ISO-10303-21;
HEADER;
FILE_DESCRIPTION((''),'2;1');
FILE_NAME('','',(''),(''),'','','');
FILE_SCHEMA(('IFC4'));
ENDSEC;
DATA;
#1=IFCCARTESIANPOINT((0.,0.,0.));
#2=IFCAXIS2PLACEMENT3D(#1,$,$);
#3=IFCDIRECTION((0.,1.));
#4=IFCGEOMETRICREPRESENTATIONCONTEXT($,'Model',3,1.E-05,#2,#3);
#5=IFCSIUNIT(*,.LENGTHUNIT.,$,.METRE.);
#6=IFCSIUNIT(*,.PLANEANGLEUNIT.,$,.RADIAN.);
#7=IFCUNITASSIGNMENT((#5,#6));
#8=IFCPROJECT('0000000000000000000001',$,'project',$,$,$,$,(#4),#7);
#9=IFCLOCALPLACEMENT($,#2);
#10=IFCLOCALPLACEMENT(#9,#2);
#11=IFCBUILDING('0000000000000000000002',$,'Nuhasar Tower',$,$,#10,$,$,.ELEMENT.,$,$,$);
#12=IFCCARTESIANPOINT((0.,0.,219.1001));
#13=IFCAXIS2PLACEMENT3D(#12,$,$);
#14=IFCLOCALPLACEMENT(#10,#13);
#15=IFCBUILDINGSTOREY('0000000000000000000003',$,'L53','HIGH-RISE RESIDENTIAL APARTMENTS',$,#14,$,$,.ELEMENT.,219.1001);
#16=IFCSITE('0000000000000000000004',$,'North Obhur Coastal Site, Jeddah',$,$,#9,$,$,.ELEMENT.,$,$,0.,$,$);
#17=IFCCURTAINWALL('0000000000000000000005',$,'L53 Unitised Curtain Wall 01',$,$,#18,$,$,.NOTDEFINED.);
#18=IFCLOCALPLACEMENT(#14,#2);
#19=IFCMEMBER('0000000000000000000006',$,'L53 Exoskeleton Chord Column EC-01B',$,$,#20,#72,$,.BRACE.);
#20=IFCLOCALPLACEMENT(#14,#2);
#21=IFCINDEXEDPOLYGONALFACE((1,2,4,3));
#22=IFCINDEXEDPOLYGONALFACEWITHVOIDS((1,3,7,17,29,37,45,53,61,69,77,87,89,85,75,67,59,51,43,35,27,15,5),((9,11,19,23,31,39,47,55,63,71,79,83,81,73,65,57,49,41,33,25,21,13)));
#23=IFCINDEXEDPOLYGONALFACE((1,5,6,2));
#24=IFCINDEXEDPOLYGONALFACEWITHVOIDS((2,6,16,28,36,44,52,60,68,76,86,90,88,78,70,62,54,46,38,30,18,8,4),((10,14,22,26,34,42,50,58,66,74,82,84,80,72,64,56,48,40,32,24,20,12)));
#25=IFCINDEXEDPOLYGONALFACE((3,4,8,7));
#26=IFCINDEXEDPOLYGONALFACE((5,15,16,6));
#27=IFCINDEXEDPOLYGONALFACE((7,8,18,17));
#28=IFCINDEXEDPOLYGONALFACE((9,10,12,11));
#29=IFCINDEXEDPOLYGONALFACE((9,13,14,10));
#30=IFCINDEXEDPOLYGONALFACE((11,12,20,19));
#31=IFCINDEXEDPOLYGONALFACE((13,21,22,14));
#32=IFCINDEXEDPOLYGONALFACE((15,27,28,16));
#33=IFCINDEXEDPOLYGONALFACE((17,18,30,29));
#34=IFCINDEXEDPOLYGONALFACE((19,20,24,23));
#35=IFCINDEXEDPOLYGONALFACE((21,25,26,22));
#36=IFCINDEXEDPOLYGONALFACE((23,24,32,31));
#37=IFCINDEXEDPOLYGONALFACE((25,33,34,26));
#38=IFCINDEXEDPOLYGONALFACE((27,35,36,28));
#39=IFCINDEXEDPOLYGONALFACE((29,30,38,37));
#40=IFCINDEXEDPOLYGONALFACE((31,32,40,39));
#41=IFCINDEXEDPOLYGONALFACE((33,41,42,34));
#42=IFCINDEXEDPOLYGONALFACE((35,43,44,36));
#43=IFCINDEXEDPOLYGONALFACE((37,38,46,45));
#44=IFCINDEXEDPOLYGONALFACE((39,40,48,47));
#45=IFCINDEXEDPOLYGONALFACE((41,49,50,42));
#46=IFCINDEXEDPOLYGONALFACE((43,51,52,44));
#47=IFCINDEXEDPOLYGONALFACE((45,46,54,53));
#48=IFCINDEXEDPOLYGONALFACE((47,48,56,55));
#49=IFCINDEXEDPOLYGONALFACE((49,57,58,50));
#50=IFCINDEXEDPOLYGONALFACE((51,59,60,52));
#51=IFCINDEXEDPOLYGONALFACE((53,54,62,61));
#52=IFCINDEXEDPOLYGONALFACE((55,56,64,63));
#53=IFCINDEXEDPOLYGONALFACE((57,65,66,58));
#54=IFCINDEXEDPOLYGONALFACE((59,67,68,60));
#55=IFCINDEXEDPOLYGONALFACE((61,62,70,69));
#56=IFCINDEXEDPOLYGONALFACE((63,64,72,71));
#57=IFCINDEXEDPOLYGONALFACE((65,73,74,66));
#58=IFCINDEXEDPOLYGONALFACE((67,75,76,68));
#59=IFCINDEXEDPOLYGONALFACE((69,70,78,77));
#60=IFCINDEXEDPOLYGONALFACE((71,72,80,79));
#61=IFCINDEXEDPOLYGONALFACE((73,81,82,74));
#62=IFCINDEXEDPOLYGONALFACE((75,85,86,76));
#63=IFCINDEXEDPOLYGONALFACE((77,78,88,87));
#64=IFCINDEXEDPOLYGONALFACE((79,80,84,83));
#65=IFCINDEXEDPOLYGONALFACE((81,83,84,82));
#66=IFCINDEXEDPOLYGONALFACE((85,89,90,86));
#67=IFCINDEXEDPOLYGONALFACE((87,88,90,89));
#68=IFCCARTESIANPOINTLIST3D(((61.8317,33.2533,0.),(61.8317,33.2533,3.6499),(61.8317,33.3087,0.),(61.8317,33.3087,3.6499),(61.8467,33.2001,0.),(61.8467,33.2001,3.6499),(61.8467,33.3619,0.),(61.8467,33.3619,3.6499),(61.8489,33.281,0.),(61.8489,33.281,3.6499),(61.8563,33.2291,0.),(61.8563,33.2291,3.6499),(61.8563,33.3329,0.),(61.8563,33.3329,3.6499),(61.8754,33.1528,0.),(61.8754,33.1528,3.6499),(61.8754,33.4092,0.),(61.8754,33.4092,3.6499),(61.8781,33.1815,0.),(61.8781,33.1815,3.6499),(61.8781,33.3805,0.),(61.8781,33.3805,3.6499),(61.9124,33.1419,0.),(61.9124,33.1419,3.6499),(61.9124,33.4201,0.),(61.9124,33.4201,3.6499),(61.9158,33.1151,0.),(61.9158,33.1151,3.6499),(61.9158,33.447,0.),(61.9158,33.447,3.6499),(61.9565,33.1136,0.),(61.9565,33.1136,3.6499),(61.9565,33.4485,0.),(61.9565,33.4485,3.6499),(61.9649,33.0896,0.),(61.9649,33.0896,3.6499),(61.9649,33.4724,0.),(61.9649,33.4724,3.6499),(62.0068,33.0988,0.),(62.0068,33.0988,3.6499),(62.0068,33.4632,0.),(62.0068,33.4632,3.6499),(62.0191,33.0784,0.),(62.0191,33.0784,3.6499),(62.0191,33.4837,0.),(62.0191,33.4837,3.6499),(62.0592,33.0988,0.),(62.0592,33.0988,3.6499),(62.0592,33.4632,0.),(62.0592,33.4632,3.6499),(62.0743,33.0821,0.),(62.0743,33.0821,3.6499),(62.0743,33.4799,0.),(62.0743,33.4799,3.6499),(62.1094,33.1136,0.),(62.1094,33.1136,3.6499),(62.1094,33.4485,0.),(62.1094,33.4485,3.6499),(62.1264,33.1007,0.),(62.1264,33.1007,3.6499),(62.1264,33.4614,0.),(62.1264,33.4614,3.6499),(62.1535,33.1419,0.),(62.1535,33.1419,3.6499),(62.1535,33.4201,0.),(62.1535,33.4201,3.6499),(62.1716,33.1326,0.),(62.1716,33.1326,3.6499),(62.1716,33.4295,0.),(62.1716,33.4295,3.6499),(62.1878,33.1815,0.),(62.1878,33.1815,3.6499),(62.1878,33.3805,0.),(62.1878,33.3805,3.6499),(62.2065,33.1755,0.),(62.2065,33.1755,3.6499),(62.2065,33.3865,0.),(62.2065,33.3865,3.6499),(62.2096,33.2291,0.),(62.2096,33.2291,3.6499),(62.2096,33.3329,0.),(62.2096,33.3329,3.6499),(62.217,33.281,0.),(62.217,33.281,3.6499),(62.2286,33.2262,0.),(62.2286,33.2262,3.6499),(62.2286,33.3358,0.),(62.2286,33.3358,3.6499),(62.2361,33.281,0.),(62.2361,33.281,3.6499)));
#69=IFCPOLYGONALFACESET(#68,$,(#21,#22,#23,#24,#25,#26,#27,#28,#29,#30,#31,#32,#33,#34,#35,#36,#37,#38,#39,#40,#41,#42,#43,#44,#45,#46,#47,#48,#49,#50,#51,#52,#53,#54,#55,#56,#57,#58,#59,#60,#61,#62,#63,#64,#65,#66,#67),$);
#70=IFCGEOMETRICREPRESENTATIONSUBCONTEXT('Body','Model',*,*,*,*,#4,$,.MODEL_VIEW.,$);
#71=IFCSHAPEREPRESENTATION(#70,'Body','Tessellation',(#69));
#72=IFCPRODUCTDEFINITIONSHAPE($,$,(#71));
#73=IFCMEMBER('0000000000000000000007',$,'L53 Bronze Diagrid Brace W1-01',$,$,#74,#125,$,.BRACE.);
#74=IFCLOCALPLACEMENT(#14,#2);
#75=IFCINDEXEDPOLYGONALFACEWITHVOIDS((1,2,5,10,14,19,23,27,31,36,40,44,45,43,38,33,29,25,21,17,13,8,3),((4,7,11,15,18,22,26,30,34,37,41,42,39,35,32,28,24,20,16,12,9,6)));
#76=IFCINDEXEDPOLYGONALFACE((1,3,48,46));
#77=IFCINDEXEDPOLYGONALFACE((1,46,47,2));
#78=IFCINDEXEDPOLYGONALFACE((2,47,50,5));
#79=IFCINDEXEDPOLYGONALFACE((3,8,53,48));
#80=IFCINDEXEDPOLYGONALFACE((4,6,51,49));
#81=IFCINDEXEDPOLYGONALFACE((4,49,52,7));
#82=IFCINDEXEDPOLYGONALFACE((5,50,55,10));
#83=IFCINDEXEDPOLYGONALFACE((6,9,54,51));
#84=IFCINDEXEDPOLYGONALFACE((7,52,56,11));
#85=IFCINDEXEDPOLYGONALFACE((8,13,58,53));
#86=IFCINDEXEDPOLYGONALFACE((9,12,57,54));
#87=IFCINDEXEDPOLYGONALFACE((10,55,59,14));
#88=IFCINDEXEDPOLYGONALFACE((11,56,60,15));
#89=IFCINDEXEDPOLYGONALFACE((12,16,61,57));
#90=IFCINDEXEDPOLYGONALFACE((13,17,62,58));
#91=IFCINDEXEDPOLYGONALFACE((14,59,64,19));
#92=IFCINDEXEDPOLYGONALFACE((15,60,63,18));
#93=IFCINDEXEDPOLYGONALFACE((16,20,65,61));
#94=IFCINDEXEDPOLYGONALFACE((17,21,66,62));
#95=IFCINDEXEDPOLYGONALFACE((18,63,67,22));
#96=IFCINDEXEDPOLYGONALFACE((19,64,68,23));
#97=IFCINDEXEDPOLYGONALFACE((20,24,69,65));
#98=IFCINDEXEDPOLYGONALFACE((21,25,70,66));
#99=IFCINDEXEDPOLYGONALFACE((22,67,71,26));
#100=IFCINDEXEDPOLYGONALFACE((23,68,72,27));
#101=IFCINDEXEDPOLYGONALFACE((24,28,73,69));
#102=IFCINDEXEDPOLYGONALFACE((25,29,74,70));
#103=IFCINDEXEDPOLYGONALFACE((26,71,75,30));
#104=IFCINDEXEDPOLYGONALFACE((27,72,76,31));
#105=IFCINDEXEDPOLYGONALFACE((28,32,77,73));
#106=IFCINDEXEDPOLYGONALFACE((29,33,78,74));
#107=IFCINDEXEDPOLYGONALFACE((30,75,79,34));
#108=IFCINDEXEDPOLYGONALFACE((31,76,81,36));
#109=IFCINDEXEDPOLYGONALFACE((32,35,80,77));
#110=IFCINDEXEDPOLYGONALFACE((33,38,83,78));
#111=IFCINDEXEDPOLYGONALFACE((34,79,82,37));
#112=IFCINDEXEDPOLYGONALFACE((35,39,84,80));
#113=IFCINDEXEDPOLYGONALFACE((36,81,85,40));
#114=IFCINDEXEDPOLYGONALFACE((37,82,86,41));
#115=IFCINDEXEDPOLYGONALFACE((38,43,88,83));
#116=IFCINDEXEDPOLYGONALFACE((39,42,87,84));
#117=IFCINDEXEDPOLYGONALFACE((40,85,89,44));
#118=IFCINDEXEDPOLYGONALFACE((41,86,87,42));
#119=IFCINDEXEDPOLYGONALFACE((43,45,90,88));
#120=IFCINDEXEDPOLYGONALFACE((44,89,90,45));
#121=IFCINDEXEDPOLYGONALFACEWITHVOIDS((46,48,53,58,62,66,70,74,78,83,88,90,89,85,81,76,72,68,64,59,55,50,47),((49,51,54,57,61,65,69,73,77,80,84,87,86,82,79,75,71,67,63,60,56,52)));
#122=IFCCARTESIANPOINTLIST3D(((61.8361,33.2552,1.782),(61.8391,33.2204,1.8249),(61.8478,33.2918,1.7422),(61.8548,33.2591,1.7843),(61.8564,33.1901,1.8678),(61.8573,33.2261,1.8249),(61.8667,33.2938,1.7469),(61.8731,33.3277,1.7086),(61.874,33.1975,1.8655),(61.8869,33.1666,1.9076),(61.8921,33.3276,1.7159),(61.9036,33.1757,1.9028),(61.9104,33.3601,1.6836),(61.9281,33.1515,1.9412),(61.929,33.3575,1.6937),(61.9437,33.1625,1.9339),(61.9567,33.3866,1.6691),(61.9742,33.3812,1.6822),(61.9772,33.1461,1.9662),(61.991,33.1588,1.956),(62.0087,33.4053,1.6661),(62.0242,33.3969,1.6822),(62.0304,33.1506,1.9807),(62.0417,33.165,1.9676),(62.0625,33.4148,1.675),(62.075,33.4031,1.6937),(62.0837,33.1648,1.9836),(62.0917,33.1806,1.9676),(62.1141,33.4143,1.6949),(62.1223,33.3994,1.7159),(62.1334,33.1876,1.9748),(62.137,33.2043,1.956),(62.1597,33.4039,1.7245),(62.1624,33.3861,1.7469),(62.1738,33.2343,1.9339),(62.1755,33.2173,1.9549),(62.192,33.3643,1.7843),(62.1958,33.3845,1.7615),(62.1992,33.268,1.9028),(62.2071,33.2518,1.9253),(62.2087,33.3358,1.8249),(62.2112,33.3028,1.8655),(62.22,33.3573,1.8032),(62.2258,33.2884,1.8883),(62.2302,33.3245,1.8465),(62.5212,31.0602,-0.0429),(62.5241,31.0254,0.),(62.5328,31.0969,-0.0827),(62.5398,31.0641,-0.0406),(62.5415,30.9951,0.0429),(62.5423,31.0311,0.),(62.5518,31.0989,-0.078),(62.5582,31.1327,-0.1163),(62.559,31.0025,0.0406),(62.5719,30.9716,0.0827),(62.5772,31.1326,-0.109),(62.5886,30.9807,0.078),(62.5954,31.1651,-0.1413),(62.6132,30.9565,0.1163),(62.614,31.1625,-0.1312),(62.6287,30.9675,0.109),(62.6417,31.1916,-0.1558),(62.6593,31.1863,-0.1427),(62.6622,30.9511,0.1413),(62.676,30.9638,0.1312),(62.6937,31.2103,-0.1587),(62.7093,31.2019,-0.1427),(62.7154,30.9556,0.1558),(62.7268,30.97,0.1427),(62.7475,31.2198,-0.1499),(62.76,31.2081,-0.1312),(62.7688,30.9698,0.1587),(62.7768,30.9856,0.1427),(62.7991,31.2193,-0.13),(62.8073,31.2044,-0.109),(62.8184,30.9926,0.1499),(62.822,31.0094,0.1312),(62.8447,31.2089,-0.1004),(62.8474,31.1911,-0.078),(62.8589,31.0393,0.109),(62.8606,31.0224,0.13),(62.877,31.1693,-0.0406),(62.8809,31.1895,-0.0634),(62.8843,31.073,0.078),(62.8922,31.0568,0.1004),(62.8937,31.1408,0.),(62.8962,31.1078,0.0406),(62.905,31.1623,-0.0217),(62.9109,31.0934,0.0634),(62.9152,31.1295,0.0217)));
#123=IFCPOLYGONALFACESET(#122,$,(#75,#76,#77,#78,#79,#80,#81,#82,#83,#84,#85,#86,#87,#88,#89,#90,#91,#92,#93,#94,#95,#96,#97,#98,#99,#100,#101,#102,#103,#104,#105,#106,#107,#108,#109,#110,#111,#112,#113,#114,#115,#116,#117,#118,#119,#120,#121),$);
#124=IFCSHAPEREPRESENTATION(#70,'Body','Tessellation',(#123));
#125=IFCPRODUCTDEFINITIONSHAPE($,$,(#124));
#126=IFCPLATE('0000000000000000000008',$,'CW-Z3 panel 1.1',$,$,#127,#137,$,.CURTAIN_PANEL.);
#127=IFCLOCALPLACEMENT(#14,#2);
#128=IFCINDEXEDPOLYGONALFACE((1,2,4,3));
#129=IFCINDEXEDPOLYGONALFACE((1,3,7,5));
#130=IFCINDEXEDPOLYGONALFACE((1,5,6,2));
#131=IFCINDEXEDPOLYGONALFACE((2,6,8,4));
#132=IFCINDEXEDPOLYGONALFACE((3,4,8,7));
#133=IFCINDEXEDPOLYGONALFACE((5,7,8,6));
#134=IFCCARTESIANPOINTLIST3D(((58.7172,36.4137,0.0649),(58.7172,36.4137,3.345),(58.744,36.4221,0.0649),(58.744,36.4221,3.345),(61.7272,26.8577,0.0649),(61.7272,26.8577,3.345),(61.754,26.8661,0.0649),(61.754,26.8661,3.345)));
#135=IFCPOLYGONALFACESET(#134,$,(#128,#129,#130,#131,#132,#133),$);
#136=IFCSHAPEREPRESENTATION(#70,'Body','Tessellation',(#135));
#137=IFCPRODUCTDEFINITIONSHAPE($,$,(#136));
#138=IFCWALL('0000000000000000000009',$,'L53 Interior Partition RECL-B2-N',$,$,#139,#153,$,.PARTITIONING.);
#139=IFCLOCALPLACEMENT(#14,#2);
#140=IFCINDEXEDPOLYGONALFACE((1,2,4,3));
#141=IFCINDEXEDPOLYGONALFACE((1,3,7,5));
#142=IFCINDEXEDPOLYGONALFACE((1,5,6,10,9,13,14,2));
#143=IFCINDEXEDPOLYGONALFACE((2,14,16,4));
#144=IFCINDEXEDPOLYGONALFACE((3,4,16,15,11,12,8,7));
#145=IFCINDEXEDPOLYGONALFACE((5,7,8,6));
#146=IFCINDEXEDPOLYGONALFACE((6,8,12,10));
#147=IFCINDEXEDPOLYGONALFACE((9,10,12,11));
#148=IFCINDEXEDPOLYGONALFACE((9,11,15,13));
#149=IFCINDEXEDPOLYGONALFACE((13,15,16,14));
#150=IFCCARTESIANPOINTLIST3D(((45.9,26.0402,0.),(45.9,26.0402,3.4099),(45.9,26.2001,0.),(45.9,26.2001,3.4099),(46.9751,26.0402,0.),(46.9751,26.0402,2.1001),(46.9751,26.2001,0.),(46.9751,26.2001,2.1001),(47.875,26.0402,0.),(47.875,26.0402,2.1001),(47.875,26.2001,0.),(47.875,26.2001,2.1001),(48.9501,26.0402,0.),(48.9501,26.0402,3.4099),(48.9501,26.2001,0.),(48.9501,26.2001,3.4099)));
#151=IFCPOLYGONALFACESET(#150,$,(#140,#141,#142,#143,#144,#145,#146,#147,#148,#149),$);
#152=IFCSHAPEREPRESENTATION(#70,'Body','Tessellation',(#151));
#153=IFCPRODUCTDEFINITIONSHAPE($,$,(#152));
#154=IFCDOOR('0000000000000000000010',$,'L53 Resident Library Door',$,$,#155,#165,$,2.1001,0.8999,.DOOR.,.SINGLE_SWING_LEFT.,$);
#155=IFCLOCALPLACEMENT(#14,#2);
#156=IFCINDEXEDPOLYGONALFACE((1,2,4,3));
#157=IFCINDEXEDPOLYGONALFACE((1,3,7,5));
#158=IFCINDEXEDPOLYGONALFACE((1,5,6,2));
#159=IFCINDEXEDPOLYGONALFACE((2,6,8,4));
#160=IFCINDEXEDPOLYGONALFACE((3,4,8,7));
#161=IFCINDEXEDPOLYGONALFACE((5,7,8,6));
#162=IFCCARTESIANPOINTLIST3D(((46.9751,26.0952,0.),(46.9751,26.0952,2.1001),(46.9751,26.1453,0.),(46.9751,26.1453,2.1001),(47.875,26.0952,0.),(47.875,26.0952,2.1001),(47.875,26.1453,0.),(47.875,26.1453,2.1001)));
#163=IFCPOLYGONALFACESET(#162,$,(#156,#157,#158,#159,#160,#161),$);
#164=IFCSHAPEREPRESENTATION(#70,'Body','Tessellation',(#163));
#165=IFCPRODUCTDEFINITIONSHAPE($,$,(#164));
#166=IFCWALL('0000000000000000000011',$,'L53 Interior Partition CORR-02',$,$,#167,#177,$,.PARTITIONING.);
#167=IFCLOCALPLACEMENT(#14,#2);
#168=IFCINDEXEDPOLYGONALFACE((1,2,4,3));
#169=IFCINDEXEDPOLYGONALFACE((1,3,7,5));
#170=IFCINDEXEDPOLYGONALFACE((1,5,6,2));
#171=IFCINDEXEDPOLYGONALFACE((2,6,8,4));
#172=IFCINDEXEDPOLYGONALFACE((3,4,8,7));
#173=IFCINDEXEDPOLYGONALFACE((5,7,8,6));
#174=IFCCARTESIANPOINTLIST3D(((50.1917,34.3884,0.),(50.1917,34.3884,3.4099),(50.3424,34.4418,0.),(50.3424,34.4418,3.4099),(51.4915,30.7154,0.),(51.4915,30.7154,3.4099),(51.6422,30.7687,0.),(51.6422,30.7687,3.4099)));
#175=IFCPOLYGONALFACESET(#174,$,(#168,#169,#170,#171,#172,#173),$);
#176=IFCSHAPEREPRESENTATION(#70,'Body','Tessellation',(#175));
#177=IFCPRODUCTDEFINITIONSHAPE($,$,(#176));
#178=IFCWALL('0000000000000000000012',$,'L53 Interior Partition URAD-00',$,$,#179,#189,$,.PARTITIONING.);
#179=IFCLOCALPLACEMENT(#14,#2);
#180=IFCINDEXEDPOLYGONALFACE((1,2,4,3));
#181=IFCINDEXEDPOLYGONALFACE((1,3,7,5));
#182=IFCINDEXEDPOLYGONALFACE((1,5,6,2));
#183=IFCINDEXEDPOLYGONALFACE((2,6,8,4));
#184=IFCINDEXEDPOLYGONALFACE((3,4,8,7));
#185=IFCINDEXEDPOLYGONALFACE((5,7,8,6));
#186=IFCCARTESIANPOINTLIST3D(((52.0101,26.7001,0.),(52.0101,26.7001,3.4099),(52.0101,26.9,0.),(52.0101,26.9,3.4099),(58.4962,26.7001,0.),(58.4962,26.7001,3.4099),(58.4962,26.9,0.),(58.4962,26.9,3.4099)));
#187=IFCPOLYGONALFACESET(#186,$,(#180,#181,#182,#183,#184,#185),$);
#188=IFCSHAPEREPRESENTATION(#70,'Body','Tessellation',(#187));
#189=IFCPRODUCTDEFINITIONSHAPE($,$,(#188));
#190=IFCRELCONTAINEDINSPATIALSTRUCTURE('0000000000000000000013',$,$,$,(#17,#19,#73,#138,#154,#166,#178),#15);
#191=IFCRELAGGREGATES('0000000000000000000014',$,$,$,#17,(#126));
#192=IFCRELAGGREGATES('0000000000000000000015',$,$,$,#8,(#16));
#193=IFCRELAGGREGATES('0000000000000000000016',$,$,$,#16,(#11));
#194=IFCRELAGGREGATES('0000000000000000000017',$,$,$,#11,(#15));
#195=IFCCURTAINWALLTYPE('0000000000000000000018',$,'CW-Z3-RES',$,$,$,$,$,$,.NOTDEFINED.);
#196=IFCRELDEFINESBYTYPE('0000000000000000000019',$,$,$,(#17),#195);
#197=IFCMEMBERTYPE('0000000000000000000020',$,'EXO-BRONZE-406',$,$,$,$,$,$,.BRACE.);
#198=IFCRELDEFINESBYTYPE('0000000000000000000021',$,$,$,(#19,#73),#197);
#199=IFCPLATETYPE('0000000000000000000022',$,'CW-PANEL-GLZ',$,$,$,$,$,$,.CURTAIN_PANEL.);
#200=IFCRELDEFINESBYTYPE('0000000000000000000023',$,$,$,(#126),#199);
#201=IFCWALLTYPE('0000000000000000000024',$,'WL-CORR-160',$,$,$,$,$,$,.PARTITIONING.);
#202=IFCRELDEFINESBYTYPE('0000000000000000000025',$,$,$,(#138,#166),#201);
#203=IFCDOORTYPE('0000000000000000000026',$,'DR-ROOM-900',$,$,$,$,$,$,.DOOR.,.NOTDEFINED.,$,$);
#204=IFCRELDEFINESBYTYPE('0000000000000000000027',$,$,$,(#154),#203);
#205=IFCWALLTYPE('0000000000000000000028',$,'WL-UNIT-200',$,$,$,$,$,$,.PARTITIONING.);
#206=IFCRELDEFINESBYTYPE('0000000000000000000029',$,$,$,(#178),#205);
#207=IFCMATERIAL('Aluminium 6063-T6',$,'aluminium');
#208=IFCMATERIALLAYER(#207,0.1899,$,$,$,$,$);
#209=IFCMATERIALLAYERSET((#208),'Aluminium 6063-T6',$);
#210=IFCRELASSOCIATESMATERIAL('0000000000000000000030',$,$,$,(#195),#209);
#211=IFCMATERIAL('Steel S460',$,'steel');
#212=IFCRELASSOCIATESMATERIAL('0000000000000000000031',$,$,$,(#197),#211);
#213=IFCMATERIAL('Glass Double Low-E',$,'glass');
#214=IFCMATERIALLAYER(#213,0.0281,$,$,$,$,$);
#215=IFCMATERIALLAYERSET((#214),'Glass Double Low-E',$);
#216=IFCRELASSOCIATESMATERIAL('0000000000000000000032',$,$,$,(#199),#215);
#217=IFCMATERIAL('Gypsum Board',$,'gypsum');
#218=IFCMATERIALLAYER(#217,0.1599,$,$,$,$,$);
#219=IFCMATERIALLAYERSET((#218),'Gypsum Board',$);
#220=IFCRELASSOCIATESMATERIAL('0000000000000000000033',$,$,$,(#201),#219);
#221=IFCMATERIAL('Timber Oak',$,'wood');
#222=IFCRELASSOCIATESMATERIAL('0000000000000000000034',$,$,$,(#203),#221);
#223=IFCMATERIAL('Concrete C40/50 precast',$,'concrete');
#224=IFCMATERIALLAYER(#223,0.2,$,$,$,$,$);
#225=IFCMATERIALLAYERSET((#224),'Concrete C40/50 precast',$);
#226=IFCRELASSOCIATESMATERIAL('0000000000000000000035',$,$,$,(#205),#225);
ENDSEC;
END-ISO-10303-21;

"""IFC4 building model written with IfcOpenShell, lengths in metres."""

from ifc_helpers import new_model, si_unit, direction, frame, frame_2d, origin, origin_2d, place, context, subcontext, project, spatial, rectangle, hollow_circle, extrude, material, layer, layer_set, material_profile, profile_set, type_object, element, fill, aggregate, save


model = new_model("IFC4")

# Units and contexts
model_context = context("Model", 3, precision=1e-05, world=origin(), true_north=direction((0.0, 1.0)))
body_context = subcontext(model_context, "Body", "Model", "MODEL_VIEW")
ifc_project = project(units=[si_unit("LENGTHUNIT", "METRE"), si_unit("PLANEANGLEUNIT", "RADIAN")], contexts=[model_context])

# Site, building, storey
site_placement = place(None, origin())
site = spatial("IfcSite", under=ifc_project, at=site_placement, Name="North Obhur Coastal Site, Jeddah", CompositionType="ELEMENT", RefElevation=0.0)
building_placement = place(site_placement, origin())
building = spatial("IfcBuilding", under=site, at=building_placement, Name="Nuhasar Tower", CompositionType="ELEMENT")
storey_placement = place(building_placement, frame((0.0, 0.0, 219.1001)))
storey = spatial("IfcBuildingStorey", under=building, at=storey_placement, Name="L53", Description="HIGH-RISE RESIDENTIAL APARTMENTS", CompositionType="ELEMENT", Elevation=219.1001)

# Curtain wall
ifc_material_1 = material(Name="Aluminium 6063-T6", Category="aluminium")
ifc_layer_1 = layer(ifc_material_1, 0.1899)
ifc_layer_set_1 = layer_set([ifc_layer_1], Name="Aluminium 6063-T6")
curtain_wall_type = type_object("IfcCurtainWallType", Name="CW-Z3-RES", PredefinedType="NOTDEFINED", material=ifc_layer_set_1)
curtain_wall_1_placement = place(storey_placement, origin())
curtain_wall_1 = element("IfcCurtainWall", 1, at=curtain_wall_1_placement, inside=storey, type_object=curtain_wall_type, Name="L53 Unitised Curtain Wall 01", PredefinedType="NOTDEFINED")

# Members
ifc_material_2 = material(Name="Steel S460", Category="steel")
ifc_material_profile_1 = material_profile(ifc_material_2, hollow_circle(Radius=0.2031, WallThickness=0.019, at=origin_2d()), Name="HSS406.4X19.1")
ifc_profile_set_1 = profile_set([ifc_material_profile_1], Name="Steel S460")
member_type_1 = type_object("IfcMemberType", Name="EXO-BRONZE-406", PredefinedType="BRACE", material=ifc_profile_set_1)
for number, where, z_axis, x_axis, name in (
    (2, (62.033, 33.281, 0.0), (0.0, 0.0, 1.0), (1.0, 0.0, 0.0), "L53 Exoskeleton Chord Column EC-01B"),
):
    element("IfcMember", number, at=place(storey_placement, frame(where, z_axis=z_axis, x_axis=x_axis)), inside=storey, type_object=member_type_1, Name=name, PredefinedType="BRACE", context=body_context, shape_type="SweptSolid", body=[
        extrude(hollow_circle(Radius=0.2031, WallThickness=0.019, at=origin_2d()), origin(), (0.0, 0.0, 1.0), 3.6499),
    ])
member_1_placement = place(storey_placement, frame((62.718, 31.0859, 0.0), z_axis=(-0.233358, 0.747727, 0.62165), x_axis=(-0.954591, -0.297918, 0.0)))
element("IfcMember", 3, at=member_1_placement, inside=storey, type_object=member_type_1, Name="L53 Bronze Diagrid Brace W1-01", PredefinedType="BRACE", context=body_context, shape_type="SweptSolid", body=[
    extrude(hollow_circle(Radius=0.2031, WallThickness=0.019, at=origin_2d()), origin(), (0.0, 0.0, 1.0), 2.9355),
])

# Plate
ifc_material_3 = material(Name="Glass Double Low-E", Category="glass")
ifc_layer_2 = layer(ifc_material_3, 0.0281)
ifc_layer_set_2 = layer_set([ifc_layer_2], Name="Glass Double Low-E")
plate_type = type_object("IfcPlateType", Name="CW-PANEL-GLZ", PredefinedType="CURTAIN_PANEL", material=ifc_layer_set_2)
plate_placement = place(storey_placement, frame((60.2356, 31.6399, 0.0649), z_axis=(0.0, 0.0, 1.0), x_axis=(-0.300429, 0.953804, 0.0)))
plate = element("IfcPlate", 4, at=plate_placement, type_object=plate_type, Name="CW-Z3 panel 1.1", PredefinedType="CURTAIN_PANEL", context=body_context, shape_type="SweptSolid", body=[
    extrude(rectangle(XDim=10.0188, YDim=0.0281, at=origin_2d()), origin(), (0.0, 0.0, 1.0), 3.28),
])
aggregate(curtain_wall_1, [plate])

# Wall, opening, door
ifc_material_4 = material(Name="Gypsum Board", Category="gypsum")
ifc_layer_3 = layer(ifc_material_4, 0.1599)
ifc_layer_set_3 = layer_set([ifc_layer_3], Name="Gypsum Board")
wall_type_1 = type_object("IfcWallType", Name="WL-CORR-160", PredefinedType="PARTITIONING", material=ifc_layer_set_3)
wall_1_placement = place(storey_placement, frame((48.95, 26.1201, 0.0), z_axis=(0.0, 0.0, 1.0), x_axis=(-1.0, 0.0, 0.0)))
wall_1 = element("IfcWall", 5, at=wall_1_placement, inside=storey, type_object=wall_type_1, Name="L53 Interior Partition RECL-B2-N", PredefinedType="PARTITIONING", context=body_context, shape_type="SweptSolid", body=[
    extrude(rectangle(XDim=3.05, YDim=0.1599, at=frame_2d((1.5249, 0.0))), origin(), (0.0, 0.0, 1.0), 3.4099),
])
opening_1_placement = place(wall_1_placement, frame((1.075, 0.0, 0.0)))
opening_1 = element("IfcOpeningElement", 6, at=opening_1_placement, cuts=wall_1, PredefinedType="OPENING", context=body_context, shape_type="SweptSolid", body=[
    extrude(rectangle(XDim=0.8999, YDim=2.1001, at=frame_2d((0.45, 1.05))), frame((0.0, 0.0898, 0.0), z_axis=(0.0, -1.0, 0.0), x_axis=(1.0, 0.0, 0.0)), (0.0, 0.0, 1.0), 0.1799),
])
ifc_material_5 = material(Name="Timber Oak", Category="wood")
door_type_1 = type_object("IfcDoorType", Name="DR-ROOM-900", OperationType="NOTDEFINED", PredefinedType="DOOR", material=ifc_material_5)
door_1_placement = place(opening_1_placement, origin())
door_1 = element("IfcDoor", 7, at=door_1_placement, inside=storey, type_object=door_type_1, Name="L53 Resident Library Door", OperationType="SINGLE_SWING_LEFT", OverallHeight=2.1001, OverallWidth=0.8999, PredefinedType="DOOR", context=body_context, shape_type="SweptSolid", body=[
    extrude(rectangle(XDim=0.8999, YDim=2.1001, at=frame_2d((0.45, 1.05))), frame((0.0, 0.0249, 0.0), z_axis=(0.0, -1.0, 0.0), x_axis=(1.0, 0.0, 0.0)), (0.0, 0.0, 1.0), 0.05),
])
fill(opening_1, door_1)

# Walls
wall_2_placement = place(storey_placement, frame((51.5669, 30.7419, 0.0), z_axis=(0.0, 0.0, 1.0), x_axis=(-0.3336, 0.942715, 0.0)))
element("IfcWall", 8, at=wall_2_placement, inside=storey, type_object=wall_type_1, Name="L53 Interior Partition CORR-02", PredefinedType="PARTITIONING", context=body_context, shape_type="SweptSolid", body=[
    extrude(rectangle(XDim=3.8962, YDim=0.1599, at=frame_2d((1.9482, 0.0))), origin(), (0.0, 0.0, 1.0), 3.4099),
])
ifc_material_6 = material(Name="Concrete C40/50 precast", Category="concrete")
ifc_layer_4 = layer(ifc_material_6, 0.2)
ifc_layer_set_4 = layer_set([ifc_layer_4], Name="Concrete C40/50 precast")
wall_type_2 = type_object("IfcWallType", Name="WL-UNIT-200", PredefinedType="PARTITIONING", material=ifc_layer_set_4)
wall_3_placement = place(storey_placement, frame((52.01, 26.8, 0.0), z_axis=(0.0, 0.0, 1.0), x_axis=(1.0, 0.0, 0.0)))
element("IfcWall", 9, at=wall_3_placement, inside=storey, type_object=wall_type_2, Name="L53 Interior Partition URAD-00", PredefinedType="PARTITIONING", context=body_context, shape_type="SweptSolid", body=[
    extrude(rectangle(XDim=6.4861, YDim=0.2, at=frame_2d((3.2432, 0.0))), origin(), (0.0, 0.0, 1.0), 3.4099),
])

save(model, "model.ifc")
